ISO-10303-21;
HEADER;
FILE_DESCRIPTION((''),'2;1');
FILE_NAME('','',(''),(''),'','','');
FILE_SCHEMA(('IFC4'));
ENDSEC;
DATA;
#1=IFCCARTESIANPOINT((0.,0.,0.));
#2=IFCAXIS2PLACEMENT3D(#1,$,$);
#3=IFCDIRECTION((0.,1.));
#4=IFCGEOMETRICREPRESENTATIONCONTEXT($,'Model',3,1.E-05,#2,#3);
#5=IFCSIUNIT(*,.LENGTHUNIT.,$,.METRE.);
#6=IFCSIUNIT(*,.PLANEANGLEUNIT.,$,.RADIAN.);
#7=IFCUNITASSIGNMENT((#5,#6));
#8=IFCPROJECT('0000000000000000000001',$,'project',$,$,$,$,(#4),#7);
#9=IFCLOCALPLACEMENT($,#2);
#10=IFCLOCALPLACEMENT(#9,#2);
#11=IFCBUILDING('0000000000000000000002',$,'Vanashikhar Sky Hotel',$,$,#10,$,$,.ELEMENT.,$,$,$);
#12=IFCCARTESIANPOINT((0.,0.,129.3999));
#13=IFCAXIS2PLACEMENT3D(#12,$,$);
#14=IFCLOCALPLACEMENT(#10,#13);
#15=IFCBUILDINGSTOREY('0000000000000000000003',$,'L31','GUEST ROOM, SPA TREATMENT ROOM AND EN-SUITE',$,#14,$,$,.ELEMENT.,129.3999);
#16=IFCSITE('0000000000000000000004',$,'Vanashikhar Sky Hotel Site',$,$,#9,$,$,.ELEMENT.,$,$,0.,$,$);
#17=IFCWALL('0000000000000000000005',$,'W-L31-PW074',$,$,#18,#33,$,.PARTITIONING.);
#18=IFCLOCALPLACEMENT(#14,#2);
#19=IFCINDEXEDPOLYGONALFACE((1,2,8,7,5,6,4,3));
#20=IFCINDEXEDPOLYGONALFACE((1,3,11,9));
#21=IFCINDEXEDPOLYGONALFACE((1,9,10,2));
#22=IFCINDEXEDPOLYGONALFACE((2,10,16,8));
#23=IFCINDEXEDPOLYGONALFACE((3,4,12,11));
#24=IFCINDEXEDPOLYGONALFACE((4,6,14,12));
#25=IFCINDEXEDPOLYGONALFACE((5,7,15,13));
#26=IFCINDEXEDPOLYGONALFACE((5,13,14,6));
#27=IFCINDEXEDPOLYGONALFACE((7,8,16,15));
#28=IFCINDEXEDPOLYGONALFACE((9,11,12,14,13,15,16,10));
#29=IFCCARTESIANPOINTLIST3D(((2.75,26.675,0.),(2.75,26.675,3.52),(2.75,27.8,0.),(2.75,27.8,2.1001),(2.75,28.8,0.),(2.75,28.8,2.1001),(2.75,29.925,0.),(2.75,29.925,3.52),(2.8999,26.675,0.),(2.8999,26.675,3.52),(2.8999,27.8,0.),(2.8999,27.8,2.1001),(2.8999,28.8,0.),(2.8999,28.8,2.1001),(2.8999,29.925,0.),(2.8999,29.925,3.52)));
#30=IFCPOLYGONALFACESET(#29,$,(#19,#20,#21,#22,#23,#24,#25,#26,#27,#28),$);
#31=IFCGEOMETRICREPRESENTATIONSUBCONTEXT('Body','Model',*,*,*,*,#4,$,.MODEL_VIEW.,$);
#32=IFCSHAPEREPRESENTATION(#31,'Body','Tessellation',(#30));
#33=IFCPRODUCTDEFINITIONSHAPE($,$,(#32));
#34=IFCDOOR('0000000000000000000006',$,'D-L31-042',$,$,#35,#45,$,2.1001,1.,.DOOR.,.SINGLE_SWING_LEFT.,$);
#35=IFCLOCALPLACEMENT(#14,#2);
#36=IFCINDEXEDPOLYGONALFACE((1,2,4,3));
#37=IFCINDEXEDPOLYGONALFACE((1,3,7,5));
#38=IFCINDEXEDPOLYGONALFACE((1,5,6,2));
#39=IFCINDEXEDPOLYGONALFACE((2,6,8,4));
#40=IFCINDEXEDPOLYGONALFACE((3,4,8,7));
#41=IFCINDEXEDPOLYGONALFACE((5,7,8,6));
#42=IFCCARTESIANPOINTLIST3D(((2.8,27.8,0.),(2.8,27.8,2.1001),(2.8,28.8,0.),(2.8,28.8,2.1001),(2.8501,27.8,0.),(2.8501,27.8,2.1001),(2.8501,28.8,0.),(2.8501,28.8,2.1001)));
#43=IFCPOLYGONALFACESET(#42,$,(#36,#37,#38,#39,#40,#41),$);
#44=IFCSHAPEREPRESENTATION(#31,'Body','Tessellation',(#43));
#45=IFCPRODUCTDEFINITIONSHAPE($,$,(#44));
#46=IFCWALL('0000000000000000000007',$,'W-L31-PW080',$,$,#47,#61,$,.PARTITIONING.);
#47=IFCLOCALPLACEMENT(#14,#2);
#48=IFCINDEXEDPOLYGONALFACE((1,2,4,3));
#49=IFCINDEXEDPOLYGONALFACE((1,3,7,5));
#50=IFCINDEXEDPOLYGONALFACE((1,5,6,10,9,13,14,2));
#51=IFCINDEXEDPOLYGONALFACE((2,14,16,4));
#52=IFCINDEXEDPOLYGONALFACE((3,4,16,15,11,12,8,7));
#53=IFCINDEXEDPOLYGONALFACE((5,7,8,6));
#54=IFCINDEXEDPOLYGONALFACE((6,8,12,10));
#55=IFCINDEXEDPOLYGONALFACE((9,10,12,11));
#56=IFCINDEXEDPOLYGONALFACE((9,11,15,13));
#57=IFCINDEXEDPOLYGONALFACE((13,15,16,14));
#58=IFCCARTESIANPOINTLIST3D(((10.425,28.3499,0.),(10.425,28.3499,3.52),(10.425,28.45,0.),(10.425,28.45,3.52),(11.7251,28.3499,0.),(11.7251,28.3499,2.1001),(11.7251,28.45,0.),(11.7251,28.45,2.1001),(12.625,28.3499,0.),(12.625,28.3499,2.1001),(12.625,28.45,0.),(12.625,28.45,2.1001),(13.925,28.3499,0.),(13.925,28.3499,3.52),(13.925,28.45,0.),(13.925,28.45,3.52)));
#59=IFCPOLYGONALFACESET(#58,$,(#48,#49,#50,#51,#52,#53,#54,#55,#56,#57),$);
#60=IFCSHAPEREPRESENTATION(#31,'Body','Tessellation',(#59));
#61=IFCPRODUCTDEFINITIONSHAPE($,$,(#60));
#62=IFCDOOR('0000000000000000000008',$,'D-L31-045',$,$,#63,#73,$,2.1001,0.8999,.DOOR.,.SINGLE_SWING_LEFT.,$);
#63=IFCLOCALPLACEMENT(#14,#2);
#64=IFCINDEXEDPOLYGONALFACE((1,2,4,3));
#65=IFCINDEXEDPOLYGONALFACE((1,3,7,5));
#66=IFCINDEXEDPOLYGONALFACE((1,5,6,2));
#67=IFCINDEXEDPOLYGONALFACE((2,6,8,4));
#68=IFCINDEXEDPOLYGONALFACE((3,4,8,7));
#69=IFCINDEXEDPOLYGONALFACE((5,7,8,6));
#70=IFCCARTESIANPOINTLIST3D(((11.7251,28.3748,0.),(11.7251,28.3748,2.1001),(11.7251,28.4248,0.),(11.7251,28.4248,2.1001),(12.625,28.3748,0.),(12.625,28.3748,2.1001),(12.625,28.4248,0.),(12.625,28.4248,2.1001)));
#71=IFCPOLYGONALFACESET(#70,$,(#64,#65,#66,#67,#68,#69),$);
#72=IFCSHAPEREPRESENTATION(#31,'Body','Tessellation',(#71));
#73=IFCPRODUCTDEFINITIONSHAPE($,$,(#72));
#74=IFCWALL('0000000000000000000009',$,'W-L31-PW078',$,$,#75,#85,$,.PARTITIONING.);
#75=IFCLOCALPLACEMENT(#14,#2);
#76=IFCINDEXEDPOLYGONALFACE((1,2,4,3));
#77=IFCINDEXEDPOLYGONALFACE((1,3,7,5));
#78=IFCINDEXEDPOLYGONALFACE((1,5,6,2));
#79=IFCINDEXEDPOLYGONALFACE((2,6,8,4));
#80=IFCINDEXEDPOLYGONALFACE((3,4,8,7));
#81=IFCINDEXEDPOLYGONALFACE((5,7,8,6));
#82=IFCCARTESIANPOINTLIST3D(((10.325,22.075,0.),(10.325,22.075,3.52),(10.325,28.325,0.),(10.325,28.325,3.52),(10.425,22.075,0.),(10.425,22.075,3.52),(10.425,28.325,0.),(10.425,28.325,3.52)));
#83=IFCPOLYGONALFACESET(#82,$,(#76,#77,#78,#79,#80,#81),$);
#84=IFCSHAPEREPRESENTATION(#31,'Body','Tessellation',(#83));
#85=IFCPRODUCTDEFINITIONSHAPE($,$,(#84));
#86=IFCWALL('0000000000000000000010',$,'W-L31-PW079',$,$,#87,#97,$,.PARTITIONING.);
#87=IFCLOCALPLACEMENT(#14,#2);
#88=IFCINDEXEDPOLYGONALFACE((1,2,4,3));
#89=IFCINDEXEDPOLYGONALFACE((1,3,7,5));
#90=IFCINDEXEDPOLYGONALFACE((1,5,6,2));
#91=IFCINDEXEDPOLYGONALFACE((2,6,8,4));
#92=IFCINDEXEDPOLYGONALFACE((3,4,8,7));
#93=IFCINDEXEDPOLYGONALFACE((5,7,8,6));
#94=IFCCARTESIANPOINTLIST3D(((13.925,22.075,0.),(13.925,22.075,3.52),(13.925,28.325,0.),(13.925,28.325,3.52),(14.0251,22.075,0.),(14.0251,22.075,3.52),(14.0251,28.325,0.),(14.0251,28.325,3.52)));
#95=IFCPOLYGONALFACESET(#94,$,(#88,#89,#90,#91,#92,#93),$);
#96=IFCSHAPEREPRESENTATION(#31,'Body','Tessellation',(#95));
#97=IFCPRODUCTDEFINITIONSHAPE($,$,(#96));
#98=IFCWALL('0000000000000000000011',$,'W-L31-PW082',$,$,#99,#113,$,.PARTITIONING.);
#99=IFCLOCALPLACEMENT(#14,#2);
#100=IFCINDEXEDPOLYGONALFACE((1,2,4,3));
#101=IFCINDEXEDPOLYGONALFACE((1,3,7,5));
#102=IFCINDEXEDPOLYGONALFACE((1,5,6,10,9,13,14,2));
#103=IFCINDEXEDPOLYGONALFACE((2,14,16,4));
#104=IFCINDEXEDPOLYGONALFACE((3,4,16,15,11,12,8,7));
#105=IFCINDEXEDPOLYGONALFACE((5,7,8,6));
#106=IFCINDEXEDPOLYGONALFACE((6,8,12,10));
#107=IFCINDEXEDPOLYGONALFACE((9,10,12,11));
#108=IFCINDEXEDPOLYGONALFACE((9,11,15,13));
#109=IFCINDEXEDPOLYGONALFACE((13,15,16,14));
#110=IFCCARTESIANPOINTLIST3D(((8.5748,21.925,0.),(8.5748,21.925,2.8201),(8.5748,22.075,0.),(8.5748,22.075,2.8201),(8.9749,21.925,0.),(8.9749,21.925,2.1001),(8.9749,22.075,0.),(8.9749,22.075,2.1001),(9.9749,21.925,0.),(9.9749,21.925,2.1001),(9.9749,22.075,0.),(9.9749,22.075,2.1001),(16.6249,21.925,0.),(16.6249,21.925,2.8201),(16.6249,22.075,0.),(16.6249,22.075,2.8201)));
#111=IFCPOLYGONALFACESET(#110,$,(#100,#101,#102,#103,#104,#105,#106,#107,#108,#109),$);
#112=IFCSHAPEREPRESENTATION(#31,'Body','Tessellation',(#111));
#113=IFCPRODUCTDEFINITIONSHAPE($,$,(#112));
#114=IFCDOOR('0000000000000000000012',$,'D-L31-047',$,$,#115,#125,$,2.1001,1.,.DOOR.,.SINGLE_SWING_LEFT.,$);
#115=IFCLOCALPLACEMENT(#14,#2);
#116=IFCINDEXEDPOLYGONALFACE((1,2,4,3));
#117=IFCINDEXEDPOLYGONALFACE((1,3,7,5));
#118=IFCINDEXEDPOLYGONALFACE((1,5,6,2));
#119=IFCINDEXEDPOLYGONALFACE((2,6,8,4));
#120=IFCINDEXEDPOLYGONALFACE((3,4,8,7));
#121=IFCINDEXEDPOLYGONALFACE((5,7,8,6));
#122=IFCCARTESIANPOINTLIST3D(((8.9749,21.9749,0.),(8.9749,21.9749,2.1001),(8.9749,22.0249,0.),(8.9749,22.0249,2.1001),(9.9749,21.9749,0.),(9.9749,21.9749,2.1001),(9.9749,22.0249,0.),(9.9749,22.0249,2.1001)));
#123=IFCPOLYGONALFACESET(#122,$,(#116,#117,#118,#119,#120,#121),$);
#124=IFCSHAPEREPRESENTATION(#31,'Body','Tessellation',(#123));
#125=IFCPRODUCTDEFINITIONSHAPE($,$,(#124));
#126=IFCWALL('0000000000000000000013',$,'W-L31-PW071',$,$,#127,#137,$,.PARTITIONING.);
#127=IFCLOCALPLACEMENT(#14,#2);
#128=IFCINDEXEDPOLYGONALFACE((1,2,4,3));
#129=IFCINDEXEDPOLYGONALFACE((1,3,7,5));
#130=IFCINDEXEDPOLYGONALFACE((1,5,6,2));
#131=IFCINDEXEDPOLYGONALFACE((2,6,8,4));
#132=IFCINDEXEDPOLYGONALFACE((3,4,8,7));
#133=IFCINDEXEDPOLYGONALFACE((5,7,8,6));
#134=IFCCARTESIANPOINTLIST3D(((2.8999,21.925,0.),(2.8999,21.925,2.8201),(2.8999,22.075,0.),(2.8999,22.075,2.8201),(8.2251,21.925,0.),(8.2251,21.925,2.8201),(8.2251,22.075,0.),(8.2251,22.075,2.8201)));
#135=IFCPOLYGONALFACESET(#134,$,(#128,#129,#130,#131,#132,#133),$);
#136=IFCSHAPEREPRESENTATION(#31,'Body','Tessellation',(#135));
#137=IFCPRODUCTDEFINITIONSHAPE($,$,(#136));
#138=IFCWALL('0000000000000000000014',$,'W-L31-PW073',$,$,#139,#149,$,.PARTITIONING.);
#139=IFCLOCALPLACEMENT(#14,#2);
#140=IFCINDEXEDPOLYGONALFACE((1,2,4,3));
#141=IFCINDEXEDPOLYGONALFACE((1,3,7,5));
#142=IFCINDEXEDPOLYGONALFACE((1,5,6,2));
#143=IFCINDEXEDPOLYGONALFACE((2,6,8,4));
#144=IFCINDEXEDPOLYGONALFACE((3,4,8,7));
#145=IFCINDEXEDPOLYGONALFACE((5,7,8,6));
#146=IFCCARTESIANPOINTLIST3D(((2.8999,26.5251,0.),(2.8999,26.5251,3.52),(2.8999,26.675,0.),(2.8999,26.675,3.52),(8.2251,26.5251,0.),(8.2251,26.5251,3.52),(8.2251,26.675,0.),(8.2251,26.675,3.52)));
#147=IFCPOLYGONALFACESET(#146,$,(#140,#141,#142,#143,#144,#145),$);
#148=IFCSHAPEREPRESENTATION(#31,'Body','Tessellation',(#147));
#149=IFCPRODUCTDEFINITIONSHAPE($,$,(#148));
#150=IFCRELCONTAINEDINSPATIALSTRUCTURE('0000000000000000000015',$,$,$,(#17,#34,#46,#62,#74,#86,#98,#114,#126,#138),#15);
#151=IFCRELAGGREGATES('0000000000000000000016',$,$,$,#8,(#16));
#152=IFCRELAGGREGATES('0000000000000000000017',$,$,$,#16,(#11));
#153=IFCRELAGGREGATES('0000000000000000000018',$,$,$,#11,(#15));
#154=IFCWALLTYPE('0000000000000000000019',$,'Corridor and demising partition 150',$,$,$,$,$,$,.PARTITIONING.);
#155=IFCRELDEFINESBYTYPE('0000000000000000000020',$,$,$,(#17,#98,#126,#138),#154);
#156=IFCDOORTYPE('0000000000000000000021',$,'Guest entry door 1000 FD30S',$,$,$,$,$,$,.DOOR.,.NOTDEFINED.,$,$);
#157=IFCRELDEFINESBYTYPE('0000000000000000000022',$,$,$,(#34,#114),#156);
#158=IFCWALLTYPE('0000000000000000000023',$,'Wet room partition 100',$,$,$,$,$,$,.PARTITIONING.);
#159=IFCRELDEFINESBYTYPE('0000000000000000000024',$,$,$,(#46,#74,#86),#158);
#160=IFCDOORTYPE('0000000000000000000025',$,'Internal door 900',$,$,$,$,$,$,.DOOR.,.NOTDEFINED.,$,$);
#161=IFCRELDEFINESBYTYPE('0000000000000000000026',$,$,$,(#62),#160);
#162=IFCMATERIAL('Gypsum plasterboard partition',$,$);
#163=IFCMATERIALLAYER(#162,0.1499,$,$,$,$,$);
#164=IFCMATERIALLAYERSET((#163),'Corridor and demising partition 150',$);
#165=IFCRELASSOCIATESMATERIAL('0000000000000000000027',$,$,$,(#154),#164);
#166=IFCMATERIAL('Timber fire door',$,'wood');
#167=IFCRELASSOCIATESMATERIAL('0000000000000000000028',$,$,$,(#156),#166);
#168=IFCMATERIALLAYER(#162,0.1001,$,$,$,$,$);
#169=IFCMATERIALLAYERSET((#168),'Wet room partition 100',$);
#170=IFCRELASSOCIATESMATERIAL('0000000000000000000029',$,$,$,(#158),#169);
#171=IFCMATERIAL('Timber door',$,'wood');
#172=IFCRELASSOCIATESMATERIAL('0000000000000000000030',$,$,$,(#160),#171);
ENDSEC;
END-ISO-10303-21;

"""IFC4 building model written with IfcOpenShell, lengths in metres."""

from ifc_helpers import new_model, si_unit, direction, frame, frame_2d, origin, place, context, subcontext, project, spatial, rectangle, extrude, source, transform, mapped, material, layer, layer_set, type_object, element, fill, save


model = new_model("IFC4")

# Units and contexts
model_context = context("Model", 3, precision=1e-05, world=origin(), true_north=direction((0.0, 1.0)))
body_context = subcontext(model_context, "Body", "Model", "MODEL_VIEW")
ifc_project = project(units=[si_unit("LENGTHUNIT", "METRE"), si_unit("PLANEANGLEUNIT", "RADIAN")], contexts=[model_context])

# Site, building, storey
site_placement = place(None, origin())
site = spatial("IfcSite", under=ifc_project, at=site_placement, Name="Vanashikhar Sky Hotel Site", CompositionType="ELEMENT", RefElevation=0.0)
building_placement = place(site_placement, origin())
building = spatial("IfcBuilding", under=site, at=building_placement, Name="Vanashikhar Sky Hotel", CompositionType="ELEMENT")
storey_placement = place(building_placement, frame((0.0, 0.0, 129.3999)))
storey = spatial("IfcBuildingStorey", under=building, at=storey_placement, Name="L31", Description="GUEST ROOM, SPA TREATMENT ROOM AND EN-SUITE", CompositionType="ELEMENT", Elevation=129.3999)

# Walls, openings, doors
ifc_material_1 = material(Name="Gypsum plasterboard partition")
ifc_layer_1 = layer(ifc_material_1, 0.1499)
ifc_layer_set_1 = layer_set([ifc_layer_1], Name="Corridor and demising partition 150")
wall_type_1 = type_object("IfcWallType", Name="Corridor and demising partition 150", PredefinedType="PARTITIONING", material=ifc_layer_set_1)
shared_shape_1 = source(origin(), body_context, "Body", "SweptSolid", [
    extrude(rectangle(XDim=1.0, YDim=2.1001, at=frame_2d((0.5, 1.05))), frame((0.0, 0.085, 0.0), z_axis=(0.0, -1.0, 0.0), x_axis=(1.0, 0.0, 0.0)), (0.0, 0.0, 1.0), 0.1699),
])
ifc_material_2 = material(Name="Timber fire door", Category="wood")
door_type_1 = type_object("IfcDoorType", Name="Guest entry door 1000 FD30S", OperationType="NOTDEFINED", PredefinedType="DOOR", material=ifc_material_2)
shared_shape_2 = source(origin(), body_context, "Body", "SweptSolid", [
    extrude(rectangle(XDim=1.0, YDim=2.1001, at=frame_2d((0.5, 1.05))), frame((0.0, 0.0249, 0.0), z_axis=(0.0, -1.0, 0.0), x_axis=(1.0, 0.0, 0.0)), (0.0, 0.0, 1.0), 0.05),
])
shared_shape_3 = source(origin(), body_context, "Body", "SweptSolid", [
    extrude(rectangle(XDim=3.25, YDim=0.1499, at=frame_2d((1.625, 0.0))), origin(), (0.0, 0.0, 1.0), 3.52),
])
wall_1_placement = place(storey_placement, frame((2.825, 26.675, 0.0), z_axis=(0.0, 0.0, 1.0), x_axis=(0.0, 1.0, 0.0)))
wall_1 = element("IfcWall", 1, at=wall_1_placement, inside=storey, type_object=wall_type_1, Name="W-L31-PW074", PredefinedType="PARTITIONING", context=body_context, shape_type="MappedRepresentation", body=[
    mapped(shared_shape_3, transform((0.0, 0.0, 0.0), scale=1.0)),
])
opening_1_placement = place(wall_1_placement, frame((1.125, 0.0, 0.0)))
opening_1 = element("IfcOpeningElement", 2, at=opening_1_placement, cuts=wall_1, PredefinedType="OPENING", context=body_context, shape_type="MappedRepresentation", body=[
    mapped(shared_shape_1, transform((0.0, 0.0, 0.0), scale=1.0)),
])
door_1_placement = place(opening_1_placement, origin())
door_1 = element("IfcDoor", 3, at=door_1_placement, inside=storey, type_object=door_type_1, Name="D-L31-042", OperationType="SINGLE_SWING_LEFT", OverallHeight=2.1001, OverallWidth=1.0, PredefinedType="DOOR", context=body_context, shape_type="MappedRepresentation", body=[
    mapped(shared_shape_2, transform((0.0, 0.0, 0.0), scale=1.0)),
])
fill(opening_1, door_1)
ifc_layer_2 = layer(ifc_material_1, 0.1001)
ifc_layer_set_2 = layer_set([ifc_layer_2], Name="Wet room partition 100")
wall_type_2 = type_object("IfcWallType", Name="Wet room partition 100", PredefinedType="PARTITIONING", material=ifc_layer_set_2)
shared_shape_4 = source(origin(), body_context, "Body", "SweptSolid", [
    extrude(rectangle(XDim=3.5, YDim=0.1001, at=frame_2d((1.75, 0.0))), origin(), (0.0, 0.0, 1.0), 3.52),
])
wall_2_placement = place(storey_placement, frame((10.425, 28.3999, 0.0), z_axis=(0.0, 0.0, 1.0), x_axis=(1.0, 0.0, 0.0)))
wall_2 = element("IfcWall", 4, at=wall_2_placement, inside=storey, type_object=wall_type_2, Name="W-L31-PW080", PredefinedType="PARTITIONING", context=body_context, shape_type="MappedRepresentation", body=[
    mapped(shared_shape_4, transform((0.0, 0.0, 0.0), scale=1.0)),
])
shared_shape_5 = source(origin(), body_context, "Body", "SweptSolid", [
    extrude(rectangle(XDim=0.8999, YDim=2.1001, at=frame_2d((0.45, 1.05))), frame((0.0, 0.0601, 0.0), z_axis=(0.0, -1.0, 0.0), x_axis=(1.0, 0.0, 0.0)), (0.0, 0.0, 1.0), 0.1201),
])
opening_2_placement = place(wall_2_placement, frame((1.3, 0.0, 0.0)))
opening_2 = element("IfcOpeningElement", 5, at=opening_2_placement, cuts=wall_2, PredefinedType="OPENING", context=body_context, shape_type="MappedRepresentation", body=[
    mapped(shared_shape_5, transform((0.0, 0.0, 0.0), scale=1.0)),
])
ifc_material_3 = material(Name="Timber door", Category="wood")
door_type_2 = type_object("IfcDoorType", Name="Internal door 900", OperationType="NOTDEFINED", PredefinedType="DOOR", material=ifc_material_3)
shared_shape_6 = source(origin(), body_context, "Body", "SweptSolid", [
    extrude(rectangle(XDim=0.8999, YDim=2.1001, at=frame_2d((0.45, 1.05))), frame((0.0, 0.0249, 0.0), z_axis=(0.0, -1.0, 0.0), x_axis=(1.0, 0.0, 0.0)), (0.0, 0.0, 1.0), 0.05),
])
door_2_placement = place(opening_2_placement, origin())
door_2 = element("IfcDoor", 6, at=door_2_placement, inside=storey, type_object=door_type_2, Name="D-L31-045", OperationType="SINGLE_SWING_LEFT", OverallHeight=2.1001, OverallWidth=0.8999, PredefinedType="DOOR", context=body_context, shape_type="MappedRepresentation", body=[
    mapped(shared_shape_6, transform((0.0, 0.0, 0.0), scale=1.0)),
])
fill(opening_2, door_2)

# Walls
shared_shape_7 = source(origin(), body_context, "Body", "SweptSolid", [
    extrude(rectangle(XDim=6.25, YDim=0.1001, at=frame_2d((3.125, 0.0))), origin(), (0.0, 0.0, 1.0), 3.52),
])
for number, where, z_axis, x_axis, name in (
    (7, (10.375, 22.075, 0.0), (0.0, 0.0, 1.0), (0.0, 1.0, 0.0), "W-L31-PW078"),
    (8, (13.9751, 22.075, 0.0), (0.0, 0.0, 1.0), (0.0, 1.0, 0.0), "W-L31-PW079"),
):
    element("IfcWall", number, at=place(storey_placement, frame(where, z_axis=z_axis, x_axis=x_axis)), inside=storey, type_object=wall_type_2, Name=name, PredefinedType="PARTITIONING", context=body_context, shape_type="MappedRepresentation", body=[
        mapped(shared_shape_7, transform((0.0, 0.0, 0.0), scale=1.0)),
    ])

# Wall, opening, door
shared_shape_8 = source(origin(), body_context, "Body", "SweptSolid", [
    extrude(rectangle(XDim=8.05, YDim=0.1499, at=frame_2d((4.0249, 0.0))), origin(), (0.0, 0.0, 1.0), 2.8201),
])
wall_3_placement = place(storey_placement, frame((8.575, 22.0, 0.0), z_axis=(0.0, 0.0, 1.0), x_axis=(1.0, 0.0, 0.0)))
wall_3 = element("IfcWall", 9, at=wall_3_placement, inside=storey, type_object=wall_type_1, Name="W-L31-PW082", PredefinedType="PARTITIONING", context=body_context, shape_type="MappedRepresentation", body=[
    mapped(shared_shape_8, transform((0.0, 0.0, 0.0), scale=1.0)),
])
opening_3_placement = place(wall_3_placement, frame((0.3999, 0.0, 0.0)))
opening_3 = element("IfcOpeningElement", 10, at=opening_3_placement, cuts=wall_3, PredefinedType="OPENING", context=body_context, shape_type="MappedRepresentation", body=[
    mapped(shared_shape_1, transform((0.0, 0.0, 0.0), scale=1.0)),
])
door_3_placement = place(opening_3_placement, origin())
door_3 = element("IfcDoor", 11, at=door_3_placement, inside=storey, type_object=door_type_1, Name="D-L31-047", OperationType="SINGLE_SWING_LEFT", OverallHeight=2.1001, OverallWidth=1.0, PredefinedType="DOOR", context=body_context, shape_type="MappedRepresentation", body=[
    mapped(shared_shape_2, transform((0.0, 0.0, 0.0), scale=1.0)),
])
fill(opening_3, door_3)

# Walls
shared_shape_9 = source(origin(), body_context, "Body", "SweptSolid", [
    extrude(rectangle(XDim=5.3252, YDim=0.1499, at=frame_2d((2.6626, 0.0))), origin(), (0.0, 0.0, 1.0), 2.8201),
])
wall_4_placement = place(storey_placement, frame((2.8999, 22.0, 0.0), z_axis=(0.0, 0.0, 1.0), x_axis=(1.0, 0.0, 0.0)))
element("IfcWall", 12, at=wall_4_placement, inside=storey, type_object=wall_type_1, Name="W-L31-PW071", PredefinedType="PARTITIONING", context=body_context, shape_type="MappedRepresentation", body=[
    mapped(shared_shape_9, transform((0.0, 0.0, 0.0), scale=1.0)),
])
shared_shape_10 = source(origin(), body_context, "Body", "SweptSolid", [
    extrude(rectangle(XDim=5.3252, YDim=0.1499, at=frame_2d((2.6626, 0.0))), origin(), (0.0, 0.0, 1.0), 3.52),
])
wall_5_placement = place(storey_placement, frame((2.8999, 26.6001, 0.0), z_axis=(0.0, 0.0, 1.0), x_axis=(1.0, 0.0, 0.0)))
element("IfcWall", 13, at=wall_5_placement, inside=storey, type_object=wall_type_1, Name="W-L31-PW073", PredefinedType="PARTITIONING", context=body_context, shape_type="MappedRepresentation", body=[
    mapped(shared_shape_10, transform((0.0, 0.0, 0.0), scale=1.0)),
])

save(model, "model.ifc")
